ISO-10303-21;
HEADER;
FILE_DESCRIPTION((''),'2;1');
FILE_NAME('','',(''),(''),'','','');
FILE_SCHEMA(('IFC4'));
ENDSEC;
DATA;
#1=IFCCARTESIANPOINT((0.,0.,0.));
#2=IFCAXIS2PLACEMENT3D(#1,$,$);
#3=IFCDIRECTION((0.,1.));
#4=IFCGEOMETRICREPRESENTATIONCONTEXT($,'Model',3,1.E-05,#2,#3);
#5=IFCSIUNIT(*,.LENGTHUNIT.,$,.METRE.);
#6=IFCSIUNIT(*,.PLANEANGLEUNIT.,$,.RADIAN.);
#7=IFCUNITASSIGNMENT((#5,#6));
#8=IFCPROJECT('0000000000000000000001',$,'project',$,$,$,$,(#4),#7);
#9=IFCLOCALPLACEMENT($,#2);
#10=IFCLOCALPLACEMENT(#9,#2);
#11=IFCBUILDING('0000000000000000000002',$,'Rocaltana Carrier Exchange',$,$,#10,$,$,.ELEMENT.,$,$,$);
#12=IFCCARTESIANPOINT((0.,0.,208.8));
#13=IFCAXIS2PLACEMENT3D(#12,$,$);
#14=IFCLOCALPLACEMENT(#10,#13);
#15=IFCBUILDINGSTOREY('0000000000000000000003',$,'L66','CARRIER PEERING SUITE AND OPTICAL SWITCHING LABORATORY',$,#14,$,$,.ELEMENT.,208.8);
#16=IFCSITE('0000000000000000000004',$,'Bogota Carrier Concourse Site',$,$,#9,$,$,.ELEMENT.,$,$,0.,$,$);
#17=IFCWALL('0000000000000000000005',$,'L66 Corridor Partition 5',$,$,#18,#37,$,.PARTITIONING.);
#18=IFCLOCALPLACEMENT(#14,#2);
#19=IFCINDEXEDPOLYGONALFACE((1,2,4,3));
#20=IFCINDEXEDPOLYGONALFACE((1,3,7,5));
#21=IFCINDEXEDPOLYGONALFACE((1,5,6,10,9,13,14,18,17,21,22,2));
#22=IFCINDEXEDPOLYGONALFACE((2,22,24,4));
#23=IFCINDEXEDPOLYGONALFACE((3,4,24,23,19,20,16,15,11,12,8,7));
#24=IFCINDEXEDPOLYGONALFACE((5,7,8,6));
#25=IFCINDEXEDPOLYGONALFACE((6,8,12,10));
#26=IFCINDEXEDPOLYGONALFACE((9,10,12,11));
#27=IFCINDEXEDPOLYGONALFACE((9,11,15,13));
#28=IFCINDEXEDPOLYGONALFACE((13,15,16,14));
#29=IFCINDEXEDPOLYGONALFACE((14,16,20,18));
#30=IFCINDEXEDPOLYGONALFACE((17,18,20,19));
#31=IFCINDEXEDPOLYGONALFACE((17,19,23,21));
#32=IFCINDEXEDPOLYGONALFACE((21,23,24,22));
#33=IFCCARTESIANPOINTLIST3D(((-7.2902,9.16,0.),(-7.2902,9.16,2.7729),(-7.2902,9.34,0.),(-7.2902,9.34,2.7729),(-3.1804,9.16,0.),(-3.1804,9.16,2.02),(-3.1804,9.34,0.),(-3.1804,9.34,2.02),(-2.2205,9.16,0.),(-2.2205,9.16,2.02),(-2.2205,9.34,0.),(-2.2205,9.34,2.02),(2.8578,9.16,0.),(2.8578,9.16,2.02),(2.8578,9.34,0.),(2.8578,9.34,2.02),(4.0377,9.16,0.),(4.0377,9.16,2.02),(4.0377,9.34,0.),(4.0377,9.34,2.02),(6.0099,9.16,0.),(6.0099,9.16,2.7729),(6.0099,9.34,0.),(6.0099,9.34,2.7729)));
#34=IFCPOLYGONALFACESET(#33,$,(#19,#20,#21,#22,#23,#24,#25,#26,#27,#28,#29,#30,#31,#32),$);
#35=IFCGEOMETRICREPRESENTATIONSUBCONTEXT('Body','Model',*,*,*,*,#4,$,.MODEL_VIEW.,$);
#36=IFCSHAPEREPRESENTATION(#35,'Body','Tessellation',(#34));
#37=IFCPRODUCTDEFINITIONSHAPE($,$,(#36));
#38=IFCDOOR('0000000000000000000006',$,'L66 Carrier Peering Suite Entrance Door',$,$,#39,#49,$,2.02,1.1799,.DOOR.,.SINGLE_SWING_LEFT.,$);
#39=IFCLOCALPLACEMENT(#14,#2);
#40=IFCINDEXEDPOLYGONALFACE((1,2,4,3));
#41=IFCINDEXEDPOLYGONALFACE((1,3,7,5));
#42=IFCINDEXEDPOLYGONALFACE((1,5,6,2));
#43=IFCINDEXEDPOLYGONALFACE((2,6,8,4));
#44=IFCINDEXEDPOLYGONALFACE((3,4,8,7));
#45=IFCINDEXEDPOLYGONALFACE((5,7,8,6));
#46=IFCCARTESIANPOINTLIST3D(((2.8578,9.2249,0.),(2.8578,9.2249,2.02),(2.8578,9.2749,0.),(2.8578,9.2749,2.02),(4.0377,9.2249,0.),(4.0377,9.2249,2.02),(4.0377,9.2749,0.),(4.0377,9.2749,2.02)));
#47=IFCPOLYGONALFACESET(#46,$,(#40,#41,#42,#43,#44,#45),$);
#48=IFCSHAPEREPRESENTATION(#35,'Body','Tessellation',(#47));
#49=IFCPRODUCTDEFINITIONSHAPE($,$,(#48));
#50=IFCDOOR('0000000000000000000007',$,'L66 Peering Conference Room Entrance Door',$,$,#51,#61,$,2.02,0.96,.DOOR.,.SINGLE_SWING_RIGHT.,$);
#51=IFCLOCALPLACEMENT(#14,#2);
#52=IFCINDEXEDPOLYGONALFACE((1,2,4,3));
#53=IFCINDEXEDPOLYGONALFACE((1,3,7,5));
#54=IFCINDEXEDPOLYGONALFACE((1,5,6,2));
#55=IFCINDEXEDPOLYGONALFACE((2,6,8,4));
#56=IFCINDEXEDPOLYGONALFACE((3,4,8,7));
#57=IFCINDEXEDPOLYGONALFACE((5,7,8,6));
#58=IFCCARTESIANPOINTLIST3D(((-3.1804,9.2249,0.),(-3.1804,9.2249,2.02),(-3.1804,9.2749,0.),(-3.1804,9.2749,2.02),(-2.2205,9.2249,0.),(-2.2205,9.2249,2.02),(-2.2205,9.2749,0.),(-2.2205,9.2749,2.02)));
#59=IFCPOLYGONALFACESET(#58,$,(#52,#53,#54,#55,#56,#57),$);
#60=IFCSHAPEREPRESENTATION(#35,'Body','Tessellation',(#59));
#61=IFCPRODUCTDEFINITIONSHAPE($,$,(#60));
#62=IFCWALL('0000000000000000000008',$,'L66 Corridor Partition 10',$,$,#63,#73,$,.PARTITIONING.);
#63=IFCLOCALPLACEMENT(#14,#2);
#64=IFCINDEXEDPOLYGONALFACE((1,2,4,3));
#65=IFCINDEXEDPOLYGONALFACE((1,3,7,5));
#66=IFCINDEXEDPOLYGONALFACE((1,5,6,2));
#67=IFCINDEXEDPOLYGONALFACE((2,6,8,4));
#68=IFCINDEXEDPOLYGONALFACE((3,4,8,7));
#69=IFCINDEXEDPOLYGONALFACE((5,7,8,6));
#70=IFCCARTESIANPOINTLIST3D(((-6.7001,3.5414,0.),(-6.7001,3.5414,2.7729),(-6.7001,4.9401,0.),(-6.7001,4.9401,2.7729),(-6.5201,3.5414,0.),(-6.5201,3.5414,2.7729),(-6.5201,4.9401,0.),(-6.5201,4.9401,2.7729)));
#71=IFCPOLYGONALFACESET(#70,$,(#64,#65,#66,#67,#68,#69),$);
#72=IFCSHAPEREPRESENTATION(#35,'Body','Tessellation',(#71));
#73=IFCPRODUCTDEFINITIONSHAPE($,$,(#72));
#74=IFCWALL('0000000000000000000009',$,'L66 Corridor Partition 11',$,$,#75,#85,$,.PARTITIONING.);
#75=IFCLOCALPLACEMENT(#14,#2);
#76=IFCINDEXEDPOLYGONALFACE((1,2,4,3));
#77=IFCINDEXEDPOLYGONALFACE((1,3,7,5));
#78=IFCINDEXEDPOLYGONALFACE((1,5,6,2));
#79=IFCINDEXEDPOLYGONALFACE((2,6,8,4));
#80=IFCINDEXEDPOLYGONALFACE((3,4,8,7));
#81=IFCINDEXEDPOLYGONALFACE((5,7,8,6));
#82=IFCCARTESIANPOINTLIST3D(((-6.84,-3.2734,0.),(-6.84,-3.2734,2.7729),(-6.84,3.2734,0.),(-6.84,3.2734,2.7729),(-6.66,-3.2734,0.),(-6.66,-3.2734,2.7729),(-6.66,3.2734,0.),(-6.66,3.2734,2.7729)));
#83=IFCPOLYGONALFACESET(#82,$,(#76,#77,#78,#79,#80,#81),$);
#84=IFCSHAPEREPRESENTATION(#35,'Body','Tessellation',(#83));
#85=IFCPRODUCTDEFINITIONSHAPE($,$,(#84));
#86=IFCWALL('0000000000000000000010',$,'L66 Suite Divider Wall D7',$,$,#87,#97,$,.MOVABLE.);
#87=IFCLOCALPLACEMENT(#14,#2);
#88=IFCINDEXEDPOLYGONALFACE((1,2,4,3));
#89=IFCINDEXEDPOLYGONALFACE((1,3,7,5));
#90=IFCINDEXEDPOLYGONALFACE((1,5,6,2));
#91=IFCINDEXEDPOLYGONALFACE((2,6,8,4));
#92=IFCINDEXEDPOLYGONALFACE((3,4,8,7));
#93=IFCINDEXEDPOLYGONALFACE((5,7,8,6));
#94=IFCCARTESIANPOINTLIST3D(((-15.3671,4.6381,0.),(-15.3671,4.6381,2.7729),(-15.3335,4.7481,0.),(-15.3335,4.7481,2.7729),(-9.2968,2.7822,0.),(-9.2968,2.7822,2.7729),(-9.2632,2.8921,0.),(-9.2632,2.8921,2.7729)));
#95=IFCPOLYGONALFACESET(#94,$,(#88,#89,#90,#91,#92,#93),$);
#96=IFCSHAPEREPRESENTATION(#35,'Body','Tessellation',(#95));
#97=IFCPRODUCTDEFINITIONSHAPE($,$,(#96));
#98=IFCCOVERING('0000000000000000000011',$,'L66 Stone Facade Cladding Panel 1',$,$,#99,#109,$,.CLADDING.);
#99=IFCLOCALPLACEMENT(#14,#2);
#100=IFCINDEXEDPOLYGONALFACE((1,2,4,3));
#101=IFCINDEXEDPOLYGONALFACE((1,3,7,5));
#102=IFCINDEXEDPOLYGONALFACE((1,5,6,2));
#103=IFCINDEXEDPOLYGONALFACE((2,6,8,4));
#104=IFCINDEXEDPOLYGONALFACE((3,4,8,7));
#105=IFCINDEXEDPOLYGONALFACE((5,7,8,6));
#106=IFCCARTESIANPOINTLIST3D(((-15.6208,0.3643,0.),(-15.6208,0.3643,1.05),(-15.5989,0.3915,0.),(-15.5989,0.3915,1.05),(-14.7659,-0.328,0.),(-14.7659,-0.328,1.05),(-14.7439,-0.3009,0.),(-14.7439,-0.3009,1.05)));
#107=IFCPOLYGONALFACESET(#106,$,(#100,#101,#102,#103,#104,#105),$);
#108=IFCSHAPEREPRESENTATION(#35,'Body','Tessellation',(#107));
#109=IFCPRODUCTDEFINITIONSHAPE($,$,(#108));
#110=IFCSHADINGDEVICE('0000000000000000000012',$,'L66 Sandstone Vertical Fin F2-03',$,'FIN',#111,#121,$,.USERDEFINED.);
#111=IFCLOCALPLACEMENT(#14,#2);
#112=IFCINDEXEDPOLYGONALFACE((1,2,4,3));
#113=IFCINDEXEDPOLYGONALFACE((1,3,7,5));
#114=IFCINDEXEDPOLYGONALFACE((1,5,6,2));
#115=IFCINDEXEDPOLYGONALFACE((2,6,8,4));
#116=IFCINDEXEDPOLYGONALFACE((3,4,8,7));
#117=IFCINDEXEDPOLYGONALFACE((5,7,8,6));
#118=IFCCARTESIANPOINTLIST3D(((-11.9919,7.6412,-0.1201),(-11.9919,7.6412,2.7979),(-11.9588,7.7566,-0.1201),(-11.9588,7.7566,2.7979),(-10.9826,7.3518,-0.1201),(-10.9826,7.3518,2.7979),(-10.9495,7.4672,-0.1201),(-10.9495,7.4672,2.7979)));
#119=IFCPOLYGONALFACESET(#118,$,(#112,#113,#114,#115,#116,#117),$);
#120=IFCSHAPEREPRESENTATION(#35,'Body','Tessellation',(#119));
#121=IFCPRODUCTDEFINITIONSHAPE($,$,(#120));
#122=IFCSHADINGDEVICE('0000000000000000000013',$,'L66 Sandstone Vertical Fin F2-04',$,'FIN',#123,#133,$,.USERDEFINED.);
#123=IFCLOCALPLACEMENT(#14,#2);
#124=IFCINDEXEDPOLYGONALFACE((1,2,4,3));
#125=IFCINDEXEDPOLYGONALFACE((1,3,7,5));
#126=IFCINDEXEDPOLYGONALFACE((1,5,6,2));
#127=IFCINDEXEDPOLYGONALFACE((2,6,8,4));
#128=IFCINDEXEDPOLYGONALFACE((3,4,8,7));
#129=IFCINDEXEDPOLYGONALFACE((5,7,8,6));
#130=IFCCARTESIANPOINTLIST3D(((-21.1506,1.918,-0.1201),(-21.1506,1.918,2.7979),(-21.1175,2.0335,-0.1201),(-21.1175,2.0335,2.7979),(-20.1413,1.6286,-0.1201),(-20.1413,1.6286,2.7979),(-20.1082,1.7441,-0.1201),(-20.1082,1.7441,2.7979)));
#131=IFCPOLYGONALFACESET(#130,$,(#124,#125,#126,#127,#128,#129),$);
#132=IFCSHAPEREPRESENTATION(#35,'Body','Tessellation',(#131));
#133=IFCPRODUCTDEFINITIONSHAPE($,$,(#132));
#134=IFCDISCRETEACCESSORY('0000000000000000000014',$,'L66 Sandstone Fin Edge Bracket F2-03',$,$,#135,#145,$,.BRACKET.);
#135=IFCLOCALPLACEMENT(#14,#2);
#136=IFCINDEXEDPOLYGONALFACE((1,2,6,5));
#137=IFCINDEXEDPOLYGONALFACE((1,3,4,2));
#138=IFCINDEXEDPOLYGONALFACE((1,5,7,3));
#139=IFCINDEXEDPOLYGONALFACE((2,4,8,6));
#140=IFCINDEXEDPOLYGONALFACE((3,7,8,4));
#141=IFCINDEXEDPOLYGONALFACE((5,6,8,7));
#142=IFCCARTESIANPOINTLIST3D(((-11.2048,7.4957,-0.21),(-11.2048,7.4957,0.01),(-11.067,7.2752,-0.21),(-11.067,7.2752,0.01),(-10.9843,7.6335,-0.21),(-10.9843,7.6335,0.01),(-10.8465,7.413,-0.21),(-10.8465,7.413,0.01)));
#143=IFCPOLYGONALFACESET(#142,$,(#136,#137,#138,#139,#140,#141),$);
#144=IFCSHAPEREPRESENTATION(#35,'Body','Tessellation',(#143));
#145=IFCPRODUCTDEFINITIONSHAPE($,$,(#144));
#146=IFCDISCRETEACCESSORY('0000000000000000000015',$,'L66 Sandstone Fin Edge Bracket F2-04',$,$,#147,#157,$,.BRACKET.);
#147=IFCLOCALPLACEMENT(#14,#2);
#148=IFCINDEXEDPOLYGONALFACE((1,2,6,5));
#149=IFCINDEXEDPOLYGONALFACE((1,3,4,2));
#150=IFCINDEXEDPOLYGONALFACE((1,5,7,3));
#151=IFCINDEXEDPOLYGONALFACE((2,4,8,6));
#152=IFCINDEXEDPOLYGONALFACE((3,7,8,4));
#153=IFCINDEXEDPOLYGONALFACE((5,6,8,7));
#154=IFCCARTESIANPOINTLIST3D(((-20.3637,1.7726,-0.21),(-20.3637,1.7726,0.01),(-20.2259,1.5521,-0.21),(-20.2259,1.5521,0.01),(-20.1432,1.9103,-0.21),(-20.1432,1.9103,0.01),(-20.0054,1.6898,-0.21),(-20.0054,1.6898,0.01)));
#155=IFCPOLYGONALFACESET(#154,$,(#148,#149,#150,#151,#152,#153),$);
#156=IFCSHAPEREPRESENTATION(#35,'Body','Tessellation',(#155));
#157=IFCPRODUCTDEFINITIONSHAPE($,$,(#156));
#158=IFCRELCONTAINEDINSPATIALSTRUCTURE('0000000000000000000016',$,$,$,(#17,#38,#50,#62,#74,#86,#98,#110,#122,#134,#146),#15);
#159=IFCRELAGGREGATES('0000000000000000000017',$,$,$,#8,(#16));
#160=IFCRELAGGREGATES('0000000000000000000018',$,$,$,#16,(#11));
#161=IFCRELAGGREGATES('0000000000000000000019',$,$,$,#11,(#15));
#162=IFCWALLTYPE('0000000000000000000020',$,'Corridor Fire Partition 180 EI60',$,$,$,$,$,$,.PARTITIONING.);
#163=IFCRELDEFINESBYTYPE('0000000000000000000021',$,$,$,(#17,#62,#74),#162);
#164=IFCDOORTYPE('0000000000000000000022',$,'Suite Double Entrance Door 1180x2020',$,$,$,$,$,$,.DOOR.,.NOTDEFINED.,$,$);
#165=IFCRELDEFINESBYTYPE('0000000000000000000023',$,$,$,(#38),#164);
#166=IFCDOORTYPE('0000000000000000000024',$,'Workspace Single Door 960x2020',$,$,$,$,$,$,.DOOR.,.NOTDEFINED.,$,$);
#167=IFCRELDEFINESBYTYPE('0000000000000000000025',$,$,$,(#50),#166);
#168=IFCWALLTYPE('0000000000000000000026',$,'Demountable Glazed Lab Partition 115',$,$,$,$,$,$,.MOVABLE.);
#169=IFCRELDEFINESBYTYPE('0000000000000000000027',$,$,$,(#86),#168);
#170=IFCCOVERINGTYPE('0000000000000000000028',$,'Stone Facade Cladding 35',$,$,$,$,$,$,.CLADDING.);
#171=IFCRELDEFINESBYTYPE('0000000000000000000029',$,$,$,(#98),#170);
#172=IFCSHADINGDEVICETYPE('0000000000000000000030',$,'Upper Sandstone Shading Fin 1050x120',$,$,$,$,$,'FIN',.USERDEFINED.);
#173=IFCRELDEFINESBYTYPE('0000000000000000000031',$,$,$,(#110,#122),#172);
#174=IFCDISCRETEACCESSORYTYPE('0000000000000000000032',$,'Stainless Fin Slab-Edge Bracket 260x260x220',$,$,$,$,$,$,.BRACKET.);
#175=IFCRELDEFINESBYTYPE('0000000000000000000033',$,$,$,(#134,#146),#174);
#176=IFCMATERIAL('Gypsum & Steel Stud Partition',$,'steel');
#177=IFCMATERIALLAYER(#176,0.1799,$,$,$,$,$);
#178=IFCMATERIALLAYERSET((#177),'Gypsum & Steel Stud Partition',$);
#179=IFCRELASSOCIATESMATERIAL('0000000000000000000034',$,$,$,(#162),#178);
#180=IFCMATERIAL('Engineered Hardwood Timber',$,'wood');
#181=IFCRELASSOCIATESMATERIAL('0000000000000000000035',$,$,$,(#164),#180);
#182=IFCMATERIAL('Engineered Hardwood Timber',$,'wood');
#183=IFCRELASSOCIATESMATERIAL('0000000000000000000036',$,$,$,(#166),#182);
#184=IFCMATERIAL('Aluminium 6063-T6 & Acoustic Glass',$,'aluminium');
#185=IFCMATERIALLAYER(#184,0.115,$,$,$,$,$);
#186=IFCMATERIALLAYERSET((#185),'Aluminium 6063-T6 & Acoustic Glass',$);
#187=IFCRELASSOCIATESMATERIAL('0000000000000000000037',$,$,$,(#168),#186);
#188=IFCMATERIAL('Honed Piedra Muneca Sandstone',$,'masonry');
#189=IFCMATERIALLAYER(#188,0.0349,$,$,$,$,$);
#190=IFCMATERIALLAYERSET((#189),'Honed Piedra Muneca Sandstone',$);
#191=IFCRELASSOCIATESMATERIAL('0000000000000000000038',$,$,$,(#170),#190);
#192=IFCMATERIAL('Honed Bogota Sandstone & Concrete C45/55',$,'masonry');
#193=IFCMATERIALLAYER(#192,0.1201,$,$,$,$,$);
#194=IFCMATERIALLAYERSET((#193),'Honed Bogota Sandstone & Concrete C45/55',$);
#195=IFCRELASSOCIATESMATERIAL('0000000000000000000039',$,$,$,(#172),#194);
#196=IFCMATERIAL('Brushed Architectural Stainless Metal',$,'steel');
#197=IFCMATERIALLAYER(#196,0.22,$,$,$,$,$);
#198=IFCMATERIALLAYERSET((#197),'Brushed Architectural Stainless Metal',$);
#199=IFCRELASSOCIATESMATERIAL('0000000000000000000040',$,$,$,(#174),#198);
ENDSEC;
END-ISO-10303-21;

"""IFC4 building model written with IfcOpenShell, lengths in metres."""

from ifc_helpers import new_model, si_unit, direction, frame, frame_2d, origin, origin_2d, place, context, subcontext, project, spatial, rectangle, extrude, material, layer, layer_set, type_object, element, fill, save


model = new_model("IFC4")

# Units and contexts
model_context = context("Model", 3, precision=1e-05, world=origin(), true_north=direction((0.0, 1.0)))
body_context = subcontext(model_context, "Body", "Model", "MODEL_VIEW")
ifc_project = project(units=[si_unit("LENGTHUNIT", "METRE"), si_unit("PLANEANGLEUNIT", "RADIAN")], contexts=[model_context])

# Site, building, storey
site_placement = place(None, origin())
site = spatial("IfcSite", under=ifc_project, at=site_placement, Name="Bogota Carrier Concourse Site", CompositionType="ELEMENT", RefElevation=0.0)
building_placement = place(site_placement, origin())
building = spatial("IfcBuilding", under=site, at=building_placement, Name="Rocaltana Carrier Exchange", CompositionType="ELEMENT")
storey_placement = place(building_placement, frame((0.0, 0.0, 208.8)))
storey = spatial("IfcBuildingStorey", under=building, at=storey_placement, Name="L66", Description="CARRIER PEERING SUITE AND OPTICAL SWITCHING LABORATORY", CompositionType="ELEMENT", Elevation=208.8)

# Shared definitions
ifc_material_1 = material(Name="Gypsum & Steel Stud Partition", Category="steel")
ifc_layer_1 = layer(ifc_material_1, 0.1799)
ifc_layer_set_1 = layer_set([ifc_layer_1], Name="Gypsum & Steel Stud Partition")
wall_type_1 = type_object("IfcWallType", Name="Corridor Fire Partition 180 EI60", PredefinedType="PARTITIONING", material=ifc_layer_set_1)
ifc_material_2 = material(Name="Engineered Hardwood Timber", Category="wood")
door_type_1 = type_object("IfcDoorType", Name="Suite Double Entrance Door 1180x2020", OperationType="NOTDEFINED", PredefinedType="DOOR", material=ifc_material_2)

# Wall, openings, doors
wall_1_placement = place(storey_placement, frame((-7.29, 9.25, 0.0), z_axis=(0.0, 0.0, 1.0), x_axis=(1.0, 0.0, 0.0)))
wall_1 = element("IfcWall", 1, at=wall_1_placement, inside=storey, type_object=wall_type_1, Name="L66 Corridor Partition 5", PredefinedType="PARTITIONING", context=body_context, shape_type="SweptSolid", body=[
    extrude(rectangle(XDim=13.3, YDim=0.1799, at=frame_2d((6.6499, 0.0))), origin(), (0.0, 0.0, 1.0), 2.7729),
])
opening_1_placement = place(wall_1_placement, frame((10.1479, 0.0, 0.0)))
opening_1 = element("IfcOpeningElement", 2, at=opening_1_placement, cuts=wall_1, PredefinedType="OPENING", context=body_context, shape_type="SweptSolid", body=[
    extrude(rectangle(XDim=1.1799, YDim=2.02, at=frame_2d((0.5898, 1.01))), frame((0.0, 0.0999, 0.0), z_axis=(0.0, -1.0, 0.0), x_axis=(1.0, 0.0, 0.0)), (0.0, 0.0, 1.0), 0.2),
])
opening_2_placement = place(wall_1_placement, frame((4.1096, 0.0, 0.0)))
opening_2 = element("IfcOpeningElement", 3, at=opening_2_placement, cuts=wall_1, PredefinedType="OPENING", context=body_context, shape_type="SweptSolid", body=[
    extrude(rectangle(XDim=0.96, YDim=2.02, at=frame_2d((0.48, 1.01))), frame((0.0, 0.0999, 0.0), z_axis=(0.0, -1.0, 0.0), x_axis=(1.0, 0.0, 0.0)), (0.0, 0.0, 1.0), 0.2),
])
door_1_placement = place(opening_1_placement, origin())
door_1 = element("IfcDoor", 4, at=door_1_placement, inside=storey, type_object=door_type_1, Name="L66 Carrier Peering Suite Entrance Door", OperationType="SINGLE_SWING_LEFT", OverallHeight=2.02, OverallWidth=1.1799, PredefinedType="DOOR", context=body_context, shape_type="SweptSolid", body=[
    extrude(rectangle(XDim=1.1799, YDim=2.02, at=frame_2d((0.5898, 1.01))), frame((0.0, 0.0249, 0.0), z_axis=(0.0, -1.0, 0.0), x_axis=(1.0, 0.0, 0.0)), (0.0, 0.0, 1.0), 0.05),
])
fill(opening_1, door_1)
ifc_material_3 = material(Name="Engineered Hardwood Timber", Category="wood")
door_type_2 = type_object("IfcDoorType", Name="Workspace Single Door 960x2020", OperationType="NOTDEFINED", PredefinedType="DOOR", material=ifc_material_3)
door_2_placement = place(opening_2_placement, origin())
door_2 = element("IfcDoor", 5, at=door_2_placement, inside=storey, type_object=door_type_2, Name="L66 Peering Conference Room Entrance Door", OperationType="SINGLE_SWING_RIGHT", OverallHeight=2.02, OverallWidth=0.96, PredefinedType="DOOR", context=body_context, shape_type="SweptSolid", body=[
    extrude(rectangle(XDim=0.96, YDim=2.02, at=frame_2d((0.48, 1.01))), frame((0.0, 0.0249, 0.0), z_axis=(0.0, -1.0, 0.0), x_axis=(1.0, 0.0, 0.0)), (0.0, 0.0, 1.0), 0.05),
])
fill(opening_2, door_2)

# Walls
wall_2_placement = place(storey_placement, frame((-6.6101, 4.9399, 0.0), z_axis=(0.0, 0.0, 1.0), x_axis=(0.0, -1.0, 0.0)))
element("IfcWall", 6, at=wall_2_placement, inside=storey, type_object=wall_type_1, Name="L66 Corridor Partition 10", PredefinedType="PARTITIONING", context=body_context, shape_type="SweptSolid", body=[
    extrude(rectangle(XDim=1.3987, YDim=0.1799, at=frame_2d((0.6992, 0.0))), origin(), (0.0, 0.0, 1.0), 2.7729),
])
wall_3_placement = place(storey_placement, frame((-6.75, 3.2734, 0.0), z_axis=(0.0, 0.0, 1.0), x_axis=(0.0, -1.0, 0.0)))
element("IfcWall", 7, at=wall_3_placement, inside=storey, type_object=wall_type_1, Name="L66 Corridor Partition 11", PredefinedType="PARTITIONING", context=body_context, shape_type="SweptSolid", body=[
    extrude(rectangle(XDim=6.5469, YDim=0.1799, at=frame_2d((3.2734, 0.0))), origin(), (0.0, 0.0, 1.0), 2.7729),
])
ifc_material_4 = material(Name="Aluminium 6063-T6 & Acoustic Glass", Category="aluminium")
ifc_layer_2 = layer(ifc_material_4, 0.115)
ifc_layer_set_2 = layer_set([ifc_layer_2], Name="Aluminium 6063-T6 & Acoustic Glass")
wall_type_2 = type_object("IfcWallType", Name="Demountable Glazed Lab Partition 115", PredefinedType="MOVABLE", material=ifc_layer_set_2)
wall_4_placement = place(storey_placement, frame((-9.28, 2.8372, 0.0), z_axis=(0.0, 0.0, 1.0), x_axis=(-0.956301, 0.292383, 0.0)))
element("IfcWall", 8, at=wall_4_placement, inside=storey, type_object=wall_type_2, Name="L66 Suite Divider Wall D7", PredefinedType="MOVABLE", context=body_context, shape_type="SweptSolid", body=[
    extrude(rectangle(XDim=6.3477, YDim=0.115, at=frame_2d((3.1738, 0.0))), origin(), (0.0, 0.0, 1.0), 2.7729),
])

# Covering
ifc_material_5 = material(Name="Honed Piedra Muneca Sandstone", Category="masonry")
ifc_layer_3 = layer(ifc_material_5, 0.0349)
ifc_layer_set_3 = layer_set([ifc_layer_3], Name="Honed Piedra Muneca Sandstone")
covering_type = type_object("IfcCoveringType", Name="Stone Facade Cladding 35", PredefinedType="CLADDING", material=ifc_layer_set_3)
covering_placement = place(storey_placement, frame((-15.1824, 0.0317, 0.0), z_axis=(0.0, 0.0, 1.0), x_axis=(-0.777146, 0.62932, 0.0)))
element("IfcCovering", 9, at=covering_placement, inside=storey, type_object=covering_type, Name="L66 Stone Facade Cladding Panel 1", PredefinedType="CLADDING", context=body_context, shape_type="SweptSolid", body=[
    extrude(rectangle(XDim=1.1001, YDim=0.0349, at=origin_2d()), origin(), (0.0, 0.0, 1.0), 1.05),
])

# Shading devices
ifc_material_6 = material(Name="Honed Bogota Sandstone & Concrete C45/55", Category="masonry")
ifc_layer_4 = layer(ifc_material_6, 0.1201)
ifc_layer_set_4 = layer_set([ifc_layer_4], Name="Honed Bogota Sandstone & Concrete C45/55")
shading_device_type = type_object("IfcShadingDeviceType", Name="Upper Sandstone Shading Fin 1050x120", ElementType="FIN", PredefinedType="USERDEFINED", material=ifc_layer_set_4)
for number, where, z_axis, x_axis, name in (
    (10, (-11.4707, 7.5542, -0.1201), (0.0, 0.0, 1.0), (-0.961262, 0.275637, 0.0), "L66 Sandstone Vertical Fin F2-03"),
    (11, (-20.6294, 1.8311, -0.1201), (0.0, 0.0, 1.0), (-0.961262, 0.275637, 0.0), "L66 Sandstone Vertical Fin F2-04"),
):
    element("IfcShadingDevice", number, at=place(storey_placement, frame(where, z_axis=z_axis, x_axis=x_axis)), inside=storey, type_object=shading_device_type, Name=name, ObjectType="FIN", PredefinedType="USERDEFINED", context=body_context, shape_type="SweptSolid", body=[
        extrude(rectangle(XDim=1.05, YDim=0.1201, at=origin_2d()), origin(), (0.0, 0.0, 1.0), 2.918),
    ])

# Discrete accessories
ifc_material_7 = material(Name="Brushed Architectural Stainless Metal", Category="steel")
ifc_layer_5 = layer(ifc_material_7, 0.22)
ifc_layer_set_5 = layer_set([ifc_layer_5], Name="Brushed Architectural Stainless Metal")
discrete_accessory_type = type_object("IfcDiscreteAccessoryType", Name="Stainless Fin Slab-Edge Bracket 260x260x220", PredefinedType="BRACKET", material=ifc_layer_set_5)
for number, where, z_axis, x_axis, name in (
    (12, (-11.0256, 7.4543, -0.21), (0.0, 0.0, 1.0), (-0.848048, -0.529919, 0.0), "L66 Sandstone Fin Edge Bracket F2-03"),
    (13, (-20.1846, 1.7312, -0.21), (0.0, 0.0, 1.0), (-0.848048, -0.529919, 0.0), "L66 Sandstone Fin Edge Bracket F2-04"),
):
    element("IfcDiscreteAccessory", number, at=place(storey_placement, frame(where, z_axis=z_axis, x_axis=x_axis)), inside=storey, type_object=discrete_accessory_type, Name=name, PredefinedType="BRACKET", context=body_context, shape_type="SweptSolid", body=[
        extrude(rectangle(XDim=0.26, YDim=0.26, at=origin_2d()), origin(), (0.0, 0.0, 1.0), 0.22),
    ])

save(model, "model.ifc")
